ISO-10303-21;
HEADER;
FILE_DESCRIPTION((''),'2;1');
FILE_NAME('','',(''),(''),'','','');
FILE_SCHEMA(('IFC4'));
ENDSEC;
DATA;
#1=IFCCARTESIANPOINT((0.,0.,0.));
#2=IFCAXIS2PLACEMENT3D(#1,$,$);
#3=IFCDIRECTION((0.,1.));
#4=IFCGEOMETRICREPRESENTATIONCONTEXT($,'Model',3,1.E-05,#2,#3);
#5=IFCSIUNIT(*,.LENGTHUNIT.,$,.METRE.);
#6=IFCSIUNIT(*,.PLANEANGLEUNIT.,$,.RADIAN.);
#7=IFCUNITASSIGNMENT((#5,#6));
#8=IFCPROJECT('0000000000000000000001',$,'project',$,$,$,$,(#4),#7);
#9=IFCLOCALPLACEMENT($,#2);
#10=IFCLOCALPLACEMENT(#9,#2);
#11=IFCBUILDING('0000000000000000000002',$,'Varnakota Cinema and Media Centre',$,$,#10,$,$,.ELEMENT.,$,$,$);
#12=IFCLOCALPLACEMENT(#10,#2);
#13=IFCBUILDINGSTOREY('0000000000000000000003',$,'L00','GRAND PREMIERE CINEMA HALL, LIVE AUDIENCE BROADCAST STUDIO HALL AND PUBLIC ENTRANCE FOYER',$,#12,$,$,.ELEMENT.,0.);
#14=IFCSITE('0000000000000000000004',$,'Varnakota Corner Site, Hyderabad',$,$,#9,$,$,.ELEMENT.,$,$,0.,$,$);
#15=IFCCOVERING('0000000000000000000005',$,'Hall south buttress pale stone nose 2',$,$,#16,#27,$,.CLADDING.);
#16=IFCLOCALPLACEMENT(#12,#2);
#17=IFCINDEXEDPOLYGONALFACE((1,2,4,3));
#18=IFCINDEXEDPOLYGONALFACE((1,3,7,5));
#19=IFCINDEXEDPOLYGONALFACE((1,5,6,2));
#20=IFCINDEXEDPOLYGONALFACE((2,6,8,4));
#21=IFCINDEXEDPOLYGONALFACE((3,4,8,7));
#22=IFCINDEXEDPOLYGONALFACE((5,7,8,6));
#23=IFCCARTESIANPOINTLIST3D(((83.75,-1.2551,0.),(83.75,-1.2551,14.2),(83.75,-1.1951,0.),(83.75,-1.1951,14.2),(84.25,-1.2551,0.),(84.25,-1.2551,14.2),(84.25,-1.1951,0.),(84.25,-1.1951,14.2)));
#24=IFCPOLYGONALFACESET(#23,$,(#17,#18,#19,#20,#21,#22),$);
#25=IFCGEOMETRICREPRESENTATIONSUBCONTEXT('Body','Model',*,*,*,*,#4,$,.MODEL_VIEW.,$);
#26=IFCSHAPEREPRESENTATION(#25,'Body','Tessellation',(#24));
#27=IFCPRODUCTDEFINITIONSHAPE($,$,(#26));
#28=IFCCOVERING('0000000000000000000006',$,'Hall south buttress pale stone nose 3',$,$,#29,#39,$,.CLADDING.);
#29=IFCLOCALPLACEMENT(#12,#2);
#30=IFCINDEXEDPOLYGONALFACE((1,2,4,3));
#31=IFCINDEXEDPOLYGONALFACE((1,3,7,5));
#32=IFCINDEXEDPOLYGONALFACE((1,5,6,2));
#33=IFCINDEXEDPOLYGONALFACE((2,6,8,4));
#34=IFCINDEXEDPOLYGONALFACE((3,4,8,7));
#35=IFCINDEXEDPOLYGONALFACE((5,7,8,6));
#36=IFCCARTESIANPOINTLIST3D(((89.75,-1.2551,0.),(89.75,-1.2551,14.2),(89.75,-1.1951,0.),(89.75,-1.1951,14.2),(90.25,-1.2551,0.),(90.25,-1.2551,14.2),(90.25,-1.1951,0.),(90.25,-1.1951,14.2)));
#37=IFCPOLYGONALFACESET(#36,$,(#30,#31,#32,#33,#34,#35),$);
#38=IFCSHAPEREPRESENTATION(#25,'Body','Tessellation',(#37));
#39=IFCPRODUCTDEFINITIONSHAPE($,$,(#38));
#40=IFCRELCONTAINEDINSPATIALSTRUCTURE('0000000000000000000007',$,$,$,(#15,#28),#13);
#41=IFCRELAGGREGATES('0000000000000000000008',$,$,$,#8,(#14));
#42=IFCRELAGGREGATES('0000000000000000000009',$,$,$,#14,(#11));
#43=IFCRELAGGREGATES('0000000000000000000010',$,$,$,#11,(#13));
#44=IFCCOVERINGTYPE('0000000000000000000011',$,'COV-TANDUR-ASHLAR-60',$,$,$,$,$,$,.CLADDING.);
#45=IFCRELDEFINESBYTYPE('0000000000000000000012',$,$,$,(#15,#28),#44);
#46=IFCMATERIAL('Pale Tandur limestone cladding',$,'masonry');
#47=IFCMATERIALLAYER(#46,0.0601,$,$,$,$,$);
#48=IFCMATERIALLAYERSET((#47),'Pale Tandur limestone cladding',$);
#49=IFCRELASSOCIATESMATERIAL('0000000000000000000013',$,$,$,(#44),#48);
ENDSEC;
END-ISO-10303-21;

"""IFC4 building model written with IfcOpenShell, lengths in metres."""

from ifc_helpers import new_model, si_unit, direction, frame, origin, origin_2d, place, context, subcontext, project, spatial, rectangle, extrude, material, layer, layer_set, type_object, element, save


model = new_model("IFC4")

# Units and contexts
model_context = context("Model", 3, precision=1e-05, world=origin(), true_north=direction((0.0, 1.0)))
body_context = subcontext(model_context, "Body", "Model", "MODEL_VIEW")
ifc_project = project(units=[si_unit("LENGTHUNIT", "METRE"), si_unit("PLANEANGLEUNIT", "RADIAN")], contexts=[model_context])

# Site, building, storey
site_placement = place(None, origin())
site = spatial("IfcSite", under=ifc_project, at=site_placement, Name="Varnakota Corner Site, Hyderabad", CompositionType="ELEMENT", RefElevation=0.0)
building_placement = place(site_placement, origin())
building = spatial("IfcBuilding", under=site, at=building_placement, Name="Varnakota Cinema and Media Centre", CompositionType="ELEMENT")
storey_placement = place(building_placement, origin())
storey = spatial("IfcBuildingStorey", under=building, at=storey_placement, Name="L00", Description="GRAND PREMIERE CINEMA HALL, LIVE AUDIENCE BROADCAST STUDIO HALL AND PUBLIC ENTRANCE FOYER", CompositionType="ELEMENT", Elevation=0.0)

# Coverings
ifc_material_1 = material(Name="Pale Tandur limestone cladding", Category="masonry")
ifc_layer_1 = layer(ifc_material_1, 0.0601)
ifc_layer_set_1 = layer_set([ifc_layer_1], Name="Pale Tandur limestone cladding")
covering_type = type_object("IfcCoveringType", Name="COV-TANDUR-ASHLAR-60", PredefinedType="CLADDING", material=ifc_layer_set_1)
for number, where, z_axis, x_axis, name in (
    (1, (84.0, -1.2251, 0.0), (0.0, 0.0, 1.0), (1.0, 0.0, 0.0), "Hall south buttress pale stone nose 2"),
    (2, (90.0, -1.2251, 0.0), (0.0, 0.0, 1.0), (1.0, 0.0, 0.0), "Hall south buttress pale stone nose 3"),
):
    element("IfcCovering", number, at=place(storey_placement, frame(where, z_axis=z_axis, x_axis=x_axis)), inside=storey, type_object=covering_type, Name=name, PredefinedType="CLADDING", context=body_context, shape_type="SweptSolid", body=[
        extrude(rectangle(XDim=0.5, YDim=0.0601, at=origin_2d()), origin(), (0.0, 0.0, 1.0), 14.2),
    ])

save(model, "model.ifc")
